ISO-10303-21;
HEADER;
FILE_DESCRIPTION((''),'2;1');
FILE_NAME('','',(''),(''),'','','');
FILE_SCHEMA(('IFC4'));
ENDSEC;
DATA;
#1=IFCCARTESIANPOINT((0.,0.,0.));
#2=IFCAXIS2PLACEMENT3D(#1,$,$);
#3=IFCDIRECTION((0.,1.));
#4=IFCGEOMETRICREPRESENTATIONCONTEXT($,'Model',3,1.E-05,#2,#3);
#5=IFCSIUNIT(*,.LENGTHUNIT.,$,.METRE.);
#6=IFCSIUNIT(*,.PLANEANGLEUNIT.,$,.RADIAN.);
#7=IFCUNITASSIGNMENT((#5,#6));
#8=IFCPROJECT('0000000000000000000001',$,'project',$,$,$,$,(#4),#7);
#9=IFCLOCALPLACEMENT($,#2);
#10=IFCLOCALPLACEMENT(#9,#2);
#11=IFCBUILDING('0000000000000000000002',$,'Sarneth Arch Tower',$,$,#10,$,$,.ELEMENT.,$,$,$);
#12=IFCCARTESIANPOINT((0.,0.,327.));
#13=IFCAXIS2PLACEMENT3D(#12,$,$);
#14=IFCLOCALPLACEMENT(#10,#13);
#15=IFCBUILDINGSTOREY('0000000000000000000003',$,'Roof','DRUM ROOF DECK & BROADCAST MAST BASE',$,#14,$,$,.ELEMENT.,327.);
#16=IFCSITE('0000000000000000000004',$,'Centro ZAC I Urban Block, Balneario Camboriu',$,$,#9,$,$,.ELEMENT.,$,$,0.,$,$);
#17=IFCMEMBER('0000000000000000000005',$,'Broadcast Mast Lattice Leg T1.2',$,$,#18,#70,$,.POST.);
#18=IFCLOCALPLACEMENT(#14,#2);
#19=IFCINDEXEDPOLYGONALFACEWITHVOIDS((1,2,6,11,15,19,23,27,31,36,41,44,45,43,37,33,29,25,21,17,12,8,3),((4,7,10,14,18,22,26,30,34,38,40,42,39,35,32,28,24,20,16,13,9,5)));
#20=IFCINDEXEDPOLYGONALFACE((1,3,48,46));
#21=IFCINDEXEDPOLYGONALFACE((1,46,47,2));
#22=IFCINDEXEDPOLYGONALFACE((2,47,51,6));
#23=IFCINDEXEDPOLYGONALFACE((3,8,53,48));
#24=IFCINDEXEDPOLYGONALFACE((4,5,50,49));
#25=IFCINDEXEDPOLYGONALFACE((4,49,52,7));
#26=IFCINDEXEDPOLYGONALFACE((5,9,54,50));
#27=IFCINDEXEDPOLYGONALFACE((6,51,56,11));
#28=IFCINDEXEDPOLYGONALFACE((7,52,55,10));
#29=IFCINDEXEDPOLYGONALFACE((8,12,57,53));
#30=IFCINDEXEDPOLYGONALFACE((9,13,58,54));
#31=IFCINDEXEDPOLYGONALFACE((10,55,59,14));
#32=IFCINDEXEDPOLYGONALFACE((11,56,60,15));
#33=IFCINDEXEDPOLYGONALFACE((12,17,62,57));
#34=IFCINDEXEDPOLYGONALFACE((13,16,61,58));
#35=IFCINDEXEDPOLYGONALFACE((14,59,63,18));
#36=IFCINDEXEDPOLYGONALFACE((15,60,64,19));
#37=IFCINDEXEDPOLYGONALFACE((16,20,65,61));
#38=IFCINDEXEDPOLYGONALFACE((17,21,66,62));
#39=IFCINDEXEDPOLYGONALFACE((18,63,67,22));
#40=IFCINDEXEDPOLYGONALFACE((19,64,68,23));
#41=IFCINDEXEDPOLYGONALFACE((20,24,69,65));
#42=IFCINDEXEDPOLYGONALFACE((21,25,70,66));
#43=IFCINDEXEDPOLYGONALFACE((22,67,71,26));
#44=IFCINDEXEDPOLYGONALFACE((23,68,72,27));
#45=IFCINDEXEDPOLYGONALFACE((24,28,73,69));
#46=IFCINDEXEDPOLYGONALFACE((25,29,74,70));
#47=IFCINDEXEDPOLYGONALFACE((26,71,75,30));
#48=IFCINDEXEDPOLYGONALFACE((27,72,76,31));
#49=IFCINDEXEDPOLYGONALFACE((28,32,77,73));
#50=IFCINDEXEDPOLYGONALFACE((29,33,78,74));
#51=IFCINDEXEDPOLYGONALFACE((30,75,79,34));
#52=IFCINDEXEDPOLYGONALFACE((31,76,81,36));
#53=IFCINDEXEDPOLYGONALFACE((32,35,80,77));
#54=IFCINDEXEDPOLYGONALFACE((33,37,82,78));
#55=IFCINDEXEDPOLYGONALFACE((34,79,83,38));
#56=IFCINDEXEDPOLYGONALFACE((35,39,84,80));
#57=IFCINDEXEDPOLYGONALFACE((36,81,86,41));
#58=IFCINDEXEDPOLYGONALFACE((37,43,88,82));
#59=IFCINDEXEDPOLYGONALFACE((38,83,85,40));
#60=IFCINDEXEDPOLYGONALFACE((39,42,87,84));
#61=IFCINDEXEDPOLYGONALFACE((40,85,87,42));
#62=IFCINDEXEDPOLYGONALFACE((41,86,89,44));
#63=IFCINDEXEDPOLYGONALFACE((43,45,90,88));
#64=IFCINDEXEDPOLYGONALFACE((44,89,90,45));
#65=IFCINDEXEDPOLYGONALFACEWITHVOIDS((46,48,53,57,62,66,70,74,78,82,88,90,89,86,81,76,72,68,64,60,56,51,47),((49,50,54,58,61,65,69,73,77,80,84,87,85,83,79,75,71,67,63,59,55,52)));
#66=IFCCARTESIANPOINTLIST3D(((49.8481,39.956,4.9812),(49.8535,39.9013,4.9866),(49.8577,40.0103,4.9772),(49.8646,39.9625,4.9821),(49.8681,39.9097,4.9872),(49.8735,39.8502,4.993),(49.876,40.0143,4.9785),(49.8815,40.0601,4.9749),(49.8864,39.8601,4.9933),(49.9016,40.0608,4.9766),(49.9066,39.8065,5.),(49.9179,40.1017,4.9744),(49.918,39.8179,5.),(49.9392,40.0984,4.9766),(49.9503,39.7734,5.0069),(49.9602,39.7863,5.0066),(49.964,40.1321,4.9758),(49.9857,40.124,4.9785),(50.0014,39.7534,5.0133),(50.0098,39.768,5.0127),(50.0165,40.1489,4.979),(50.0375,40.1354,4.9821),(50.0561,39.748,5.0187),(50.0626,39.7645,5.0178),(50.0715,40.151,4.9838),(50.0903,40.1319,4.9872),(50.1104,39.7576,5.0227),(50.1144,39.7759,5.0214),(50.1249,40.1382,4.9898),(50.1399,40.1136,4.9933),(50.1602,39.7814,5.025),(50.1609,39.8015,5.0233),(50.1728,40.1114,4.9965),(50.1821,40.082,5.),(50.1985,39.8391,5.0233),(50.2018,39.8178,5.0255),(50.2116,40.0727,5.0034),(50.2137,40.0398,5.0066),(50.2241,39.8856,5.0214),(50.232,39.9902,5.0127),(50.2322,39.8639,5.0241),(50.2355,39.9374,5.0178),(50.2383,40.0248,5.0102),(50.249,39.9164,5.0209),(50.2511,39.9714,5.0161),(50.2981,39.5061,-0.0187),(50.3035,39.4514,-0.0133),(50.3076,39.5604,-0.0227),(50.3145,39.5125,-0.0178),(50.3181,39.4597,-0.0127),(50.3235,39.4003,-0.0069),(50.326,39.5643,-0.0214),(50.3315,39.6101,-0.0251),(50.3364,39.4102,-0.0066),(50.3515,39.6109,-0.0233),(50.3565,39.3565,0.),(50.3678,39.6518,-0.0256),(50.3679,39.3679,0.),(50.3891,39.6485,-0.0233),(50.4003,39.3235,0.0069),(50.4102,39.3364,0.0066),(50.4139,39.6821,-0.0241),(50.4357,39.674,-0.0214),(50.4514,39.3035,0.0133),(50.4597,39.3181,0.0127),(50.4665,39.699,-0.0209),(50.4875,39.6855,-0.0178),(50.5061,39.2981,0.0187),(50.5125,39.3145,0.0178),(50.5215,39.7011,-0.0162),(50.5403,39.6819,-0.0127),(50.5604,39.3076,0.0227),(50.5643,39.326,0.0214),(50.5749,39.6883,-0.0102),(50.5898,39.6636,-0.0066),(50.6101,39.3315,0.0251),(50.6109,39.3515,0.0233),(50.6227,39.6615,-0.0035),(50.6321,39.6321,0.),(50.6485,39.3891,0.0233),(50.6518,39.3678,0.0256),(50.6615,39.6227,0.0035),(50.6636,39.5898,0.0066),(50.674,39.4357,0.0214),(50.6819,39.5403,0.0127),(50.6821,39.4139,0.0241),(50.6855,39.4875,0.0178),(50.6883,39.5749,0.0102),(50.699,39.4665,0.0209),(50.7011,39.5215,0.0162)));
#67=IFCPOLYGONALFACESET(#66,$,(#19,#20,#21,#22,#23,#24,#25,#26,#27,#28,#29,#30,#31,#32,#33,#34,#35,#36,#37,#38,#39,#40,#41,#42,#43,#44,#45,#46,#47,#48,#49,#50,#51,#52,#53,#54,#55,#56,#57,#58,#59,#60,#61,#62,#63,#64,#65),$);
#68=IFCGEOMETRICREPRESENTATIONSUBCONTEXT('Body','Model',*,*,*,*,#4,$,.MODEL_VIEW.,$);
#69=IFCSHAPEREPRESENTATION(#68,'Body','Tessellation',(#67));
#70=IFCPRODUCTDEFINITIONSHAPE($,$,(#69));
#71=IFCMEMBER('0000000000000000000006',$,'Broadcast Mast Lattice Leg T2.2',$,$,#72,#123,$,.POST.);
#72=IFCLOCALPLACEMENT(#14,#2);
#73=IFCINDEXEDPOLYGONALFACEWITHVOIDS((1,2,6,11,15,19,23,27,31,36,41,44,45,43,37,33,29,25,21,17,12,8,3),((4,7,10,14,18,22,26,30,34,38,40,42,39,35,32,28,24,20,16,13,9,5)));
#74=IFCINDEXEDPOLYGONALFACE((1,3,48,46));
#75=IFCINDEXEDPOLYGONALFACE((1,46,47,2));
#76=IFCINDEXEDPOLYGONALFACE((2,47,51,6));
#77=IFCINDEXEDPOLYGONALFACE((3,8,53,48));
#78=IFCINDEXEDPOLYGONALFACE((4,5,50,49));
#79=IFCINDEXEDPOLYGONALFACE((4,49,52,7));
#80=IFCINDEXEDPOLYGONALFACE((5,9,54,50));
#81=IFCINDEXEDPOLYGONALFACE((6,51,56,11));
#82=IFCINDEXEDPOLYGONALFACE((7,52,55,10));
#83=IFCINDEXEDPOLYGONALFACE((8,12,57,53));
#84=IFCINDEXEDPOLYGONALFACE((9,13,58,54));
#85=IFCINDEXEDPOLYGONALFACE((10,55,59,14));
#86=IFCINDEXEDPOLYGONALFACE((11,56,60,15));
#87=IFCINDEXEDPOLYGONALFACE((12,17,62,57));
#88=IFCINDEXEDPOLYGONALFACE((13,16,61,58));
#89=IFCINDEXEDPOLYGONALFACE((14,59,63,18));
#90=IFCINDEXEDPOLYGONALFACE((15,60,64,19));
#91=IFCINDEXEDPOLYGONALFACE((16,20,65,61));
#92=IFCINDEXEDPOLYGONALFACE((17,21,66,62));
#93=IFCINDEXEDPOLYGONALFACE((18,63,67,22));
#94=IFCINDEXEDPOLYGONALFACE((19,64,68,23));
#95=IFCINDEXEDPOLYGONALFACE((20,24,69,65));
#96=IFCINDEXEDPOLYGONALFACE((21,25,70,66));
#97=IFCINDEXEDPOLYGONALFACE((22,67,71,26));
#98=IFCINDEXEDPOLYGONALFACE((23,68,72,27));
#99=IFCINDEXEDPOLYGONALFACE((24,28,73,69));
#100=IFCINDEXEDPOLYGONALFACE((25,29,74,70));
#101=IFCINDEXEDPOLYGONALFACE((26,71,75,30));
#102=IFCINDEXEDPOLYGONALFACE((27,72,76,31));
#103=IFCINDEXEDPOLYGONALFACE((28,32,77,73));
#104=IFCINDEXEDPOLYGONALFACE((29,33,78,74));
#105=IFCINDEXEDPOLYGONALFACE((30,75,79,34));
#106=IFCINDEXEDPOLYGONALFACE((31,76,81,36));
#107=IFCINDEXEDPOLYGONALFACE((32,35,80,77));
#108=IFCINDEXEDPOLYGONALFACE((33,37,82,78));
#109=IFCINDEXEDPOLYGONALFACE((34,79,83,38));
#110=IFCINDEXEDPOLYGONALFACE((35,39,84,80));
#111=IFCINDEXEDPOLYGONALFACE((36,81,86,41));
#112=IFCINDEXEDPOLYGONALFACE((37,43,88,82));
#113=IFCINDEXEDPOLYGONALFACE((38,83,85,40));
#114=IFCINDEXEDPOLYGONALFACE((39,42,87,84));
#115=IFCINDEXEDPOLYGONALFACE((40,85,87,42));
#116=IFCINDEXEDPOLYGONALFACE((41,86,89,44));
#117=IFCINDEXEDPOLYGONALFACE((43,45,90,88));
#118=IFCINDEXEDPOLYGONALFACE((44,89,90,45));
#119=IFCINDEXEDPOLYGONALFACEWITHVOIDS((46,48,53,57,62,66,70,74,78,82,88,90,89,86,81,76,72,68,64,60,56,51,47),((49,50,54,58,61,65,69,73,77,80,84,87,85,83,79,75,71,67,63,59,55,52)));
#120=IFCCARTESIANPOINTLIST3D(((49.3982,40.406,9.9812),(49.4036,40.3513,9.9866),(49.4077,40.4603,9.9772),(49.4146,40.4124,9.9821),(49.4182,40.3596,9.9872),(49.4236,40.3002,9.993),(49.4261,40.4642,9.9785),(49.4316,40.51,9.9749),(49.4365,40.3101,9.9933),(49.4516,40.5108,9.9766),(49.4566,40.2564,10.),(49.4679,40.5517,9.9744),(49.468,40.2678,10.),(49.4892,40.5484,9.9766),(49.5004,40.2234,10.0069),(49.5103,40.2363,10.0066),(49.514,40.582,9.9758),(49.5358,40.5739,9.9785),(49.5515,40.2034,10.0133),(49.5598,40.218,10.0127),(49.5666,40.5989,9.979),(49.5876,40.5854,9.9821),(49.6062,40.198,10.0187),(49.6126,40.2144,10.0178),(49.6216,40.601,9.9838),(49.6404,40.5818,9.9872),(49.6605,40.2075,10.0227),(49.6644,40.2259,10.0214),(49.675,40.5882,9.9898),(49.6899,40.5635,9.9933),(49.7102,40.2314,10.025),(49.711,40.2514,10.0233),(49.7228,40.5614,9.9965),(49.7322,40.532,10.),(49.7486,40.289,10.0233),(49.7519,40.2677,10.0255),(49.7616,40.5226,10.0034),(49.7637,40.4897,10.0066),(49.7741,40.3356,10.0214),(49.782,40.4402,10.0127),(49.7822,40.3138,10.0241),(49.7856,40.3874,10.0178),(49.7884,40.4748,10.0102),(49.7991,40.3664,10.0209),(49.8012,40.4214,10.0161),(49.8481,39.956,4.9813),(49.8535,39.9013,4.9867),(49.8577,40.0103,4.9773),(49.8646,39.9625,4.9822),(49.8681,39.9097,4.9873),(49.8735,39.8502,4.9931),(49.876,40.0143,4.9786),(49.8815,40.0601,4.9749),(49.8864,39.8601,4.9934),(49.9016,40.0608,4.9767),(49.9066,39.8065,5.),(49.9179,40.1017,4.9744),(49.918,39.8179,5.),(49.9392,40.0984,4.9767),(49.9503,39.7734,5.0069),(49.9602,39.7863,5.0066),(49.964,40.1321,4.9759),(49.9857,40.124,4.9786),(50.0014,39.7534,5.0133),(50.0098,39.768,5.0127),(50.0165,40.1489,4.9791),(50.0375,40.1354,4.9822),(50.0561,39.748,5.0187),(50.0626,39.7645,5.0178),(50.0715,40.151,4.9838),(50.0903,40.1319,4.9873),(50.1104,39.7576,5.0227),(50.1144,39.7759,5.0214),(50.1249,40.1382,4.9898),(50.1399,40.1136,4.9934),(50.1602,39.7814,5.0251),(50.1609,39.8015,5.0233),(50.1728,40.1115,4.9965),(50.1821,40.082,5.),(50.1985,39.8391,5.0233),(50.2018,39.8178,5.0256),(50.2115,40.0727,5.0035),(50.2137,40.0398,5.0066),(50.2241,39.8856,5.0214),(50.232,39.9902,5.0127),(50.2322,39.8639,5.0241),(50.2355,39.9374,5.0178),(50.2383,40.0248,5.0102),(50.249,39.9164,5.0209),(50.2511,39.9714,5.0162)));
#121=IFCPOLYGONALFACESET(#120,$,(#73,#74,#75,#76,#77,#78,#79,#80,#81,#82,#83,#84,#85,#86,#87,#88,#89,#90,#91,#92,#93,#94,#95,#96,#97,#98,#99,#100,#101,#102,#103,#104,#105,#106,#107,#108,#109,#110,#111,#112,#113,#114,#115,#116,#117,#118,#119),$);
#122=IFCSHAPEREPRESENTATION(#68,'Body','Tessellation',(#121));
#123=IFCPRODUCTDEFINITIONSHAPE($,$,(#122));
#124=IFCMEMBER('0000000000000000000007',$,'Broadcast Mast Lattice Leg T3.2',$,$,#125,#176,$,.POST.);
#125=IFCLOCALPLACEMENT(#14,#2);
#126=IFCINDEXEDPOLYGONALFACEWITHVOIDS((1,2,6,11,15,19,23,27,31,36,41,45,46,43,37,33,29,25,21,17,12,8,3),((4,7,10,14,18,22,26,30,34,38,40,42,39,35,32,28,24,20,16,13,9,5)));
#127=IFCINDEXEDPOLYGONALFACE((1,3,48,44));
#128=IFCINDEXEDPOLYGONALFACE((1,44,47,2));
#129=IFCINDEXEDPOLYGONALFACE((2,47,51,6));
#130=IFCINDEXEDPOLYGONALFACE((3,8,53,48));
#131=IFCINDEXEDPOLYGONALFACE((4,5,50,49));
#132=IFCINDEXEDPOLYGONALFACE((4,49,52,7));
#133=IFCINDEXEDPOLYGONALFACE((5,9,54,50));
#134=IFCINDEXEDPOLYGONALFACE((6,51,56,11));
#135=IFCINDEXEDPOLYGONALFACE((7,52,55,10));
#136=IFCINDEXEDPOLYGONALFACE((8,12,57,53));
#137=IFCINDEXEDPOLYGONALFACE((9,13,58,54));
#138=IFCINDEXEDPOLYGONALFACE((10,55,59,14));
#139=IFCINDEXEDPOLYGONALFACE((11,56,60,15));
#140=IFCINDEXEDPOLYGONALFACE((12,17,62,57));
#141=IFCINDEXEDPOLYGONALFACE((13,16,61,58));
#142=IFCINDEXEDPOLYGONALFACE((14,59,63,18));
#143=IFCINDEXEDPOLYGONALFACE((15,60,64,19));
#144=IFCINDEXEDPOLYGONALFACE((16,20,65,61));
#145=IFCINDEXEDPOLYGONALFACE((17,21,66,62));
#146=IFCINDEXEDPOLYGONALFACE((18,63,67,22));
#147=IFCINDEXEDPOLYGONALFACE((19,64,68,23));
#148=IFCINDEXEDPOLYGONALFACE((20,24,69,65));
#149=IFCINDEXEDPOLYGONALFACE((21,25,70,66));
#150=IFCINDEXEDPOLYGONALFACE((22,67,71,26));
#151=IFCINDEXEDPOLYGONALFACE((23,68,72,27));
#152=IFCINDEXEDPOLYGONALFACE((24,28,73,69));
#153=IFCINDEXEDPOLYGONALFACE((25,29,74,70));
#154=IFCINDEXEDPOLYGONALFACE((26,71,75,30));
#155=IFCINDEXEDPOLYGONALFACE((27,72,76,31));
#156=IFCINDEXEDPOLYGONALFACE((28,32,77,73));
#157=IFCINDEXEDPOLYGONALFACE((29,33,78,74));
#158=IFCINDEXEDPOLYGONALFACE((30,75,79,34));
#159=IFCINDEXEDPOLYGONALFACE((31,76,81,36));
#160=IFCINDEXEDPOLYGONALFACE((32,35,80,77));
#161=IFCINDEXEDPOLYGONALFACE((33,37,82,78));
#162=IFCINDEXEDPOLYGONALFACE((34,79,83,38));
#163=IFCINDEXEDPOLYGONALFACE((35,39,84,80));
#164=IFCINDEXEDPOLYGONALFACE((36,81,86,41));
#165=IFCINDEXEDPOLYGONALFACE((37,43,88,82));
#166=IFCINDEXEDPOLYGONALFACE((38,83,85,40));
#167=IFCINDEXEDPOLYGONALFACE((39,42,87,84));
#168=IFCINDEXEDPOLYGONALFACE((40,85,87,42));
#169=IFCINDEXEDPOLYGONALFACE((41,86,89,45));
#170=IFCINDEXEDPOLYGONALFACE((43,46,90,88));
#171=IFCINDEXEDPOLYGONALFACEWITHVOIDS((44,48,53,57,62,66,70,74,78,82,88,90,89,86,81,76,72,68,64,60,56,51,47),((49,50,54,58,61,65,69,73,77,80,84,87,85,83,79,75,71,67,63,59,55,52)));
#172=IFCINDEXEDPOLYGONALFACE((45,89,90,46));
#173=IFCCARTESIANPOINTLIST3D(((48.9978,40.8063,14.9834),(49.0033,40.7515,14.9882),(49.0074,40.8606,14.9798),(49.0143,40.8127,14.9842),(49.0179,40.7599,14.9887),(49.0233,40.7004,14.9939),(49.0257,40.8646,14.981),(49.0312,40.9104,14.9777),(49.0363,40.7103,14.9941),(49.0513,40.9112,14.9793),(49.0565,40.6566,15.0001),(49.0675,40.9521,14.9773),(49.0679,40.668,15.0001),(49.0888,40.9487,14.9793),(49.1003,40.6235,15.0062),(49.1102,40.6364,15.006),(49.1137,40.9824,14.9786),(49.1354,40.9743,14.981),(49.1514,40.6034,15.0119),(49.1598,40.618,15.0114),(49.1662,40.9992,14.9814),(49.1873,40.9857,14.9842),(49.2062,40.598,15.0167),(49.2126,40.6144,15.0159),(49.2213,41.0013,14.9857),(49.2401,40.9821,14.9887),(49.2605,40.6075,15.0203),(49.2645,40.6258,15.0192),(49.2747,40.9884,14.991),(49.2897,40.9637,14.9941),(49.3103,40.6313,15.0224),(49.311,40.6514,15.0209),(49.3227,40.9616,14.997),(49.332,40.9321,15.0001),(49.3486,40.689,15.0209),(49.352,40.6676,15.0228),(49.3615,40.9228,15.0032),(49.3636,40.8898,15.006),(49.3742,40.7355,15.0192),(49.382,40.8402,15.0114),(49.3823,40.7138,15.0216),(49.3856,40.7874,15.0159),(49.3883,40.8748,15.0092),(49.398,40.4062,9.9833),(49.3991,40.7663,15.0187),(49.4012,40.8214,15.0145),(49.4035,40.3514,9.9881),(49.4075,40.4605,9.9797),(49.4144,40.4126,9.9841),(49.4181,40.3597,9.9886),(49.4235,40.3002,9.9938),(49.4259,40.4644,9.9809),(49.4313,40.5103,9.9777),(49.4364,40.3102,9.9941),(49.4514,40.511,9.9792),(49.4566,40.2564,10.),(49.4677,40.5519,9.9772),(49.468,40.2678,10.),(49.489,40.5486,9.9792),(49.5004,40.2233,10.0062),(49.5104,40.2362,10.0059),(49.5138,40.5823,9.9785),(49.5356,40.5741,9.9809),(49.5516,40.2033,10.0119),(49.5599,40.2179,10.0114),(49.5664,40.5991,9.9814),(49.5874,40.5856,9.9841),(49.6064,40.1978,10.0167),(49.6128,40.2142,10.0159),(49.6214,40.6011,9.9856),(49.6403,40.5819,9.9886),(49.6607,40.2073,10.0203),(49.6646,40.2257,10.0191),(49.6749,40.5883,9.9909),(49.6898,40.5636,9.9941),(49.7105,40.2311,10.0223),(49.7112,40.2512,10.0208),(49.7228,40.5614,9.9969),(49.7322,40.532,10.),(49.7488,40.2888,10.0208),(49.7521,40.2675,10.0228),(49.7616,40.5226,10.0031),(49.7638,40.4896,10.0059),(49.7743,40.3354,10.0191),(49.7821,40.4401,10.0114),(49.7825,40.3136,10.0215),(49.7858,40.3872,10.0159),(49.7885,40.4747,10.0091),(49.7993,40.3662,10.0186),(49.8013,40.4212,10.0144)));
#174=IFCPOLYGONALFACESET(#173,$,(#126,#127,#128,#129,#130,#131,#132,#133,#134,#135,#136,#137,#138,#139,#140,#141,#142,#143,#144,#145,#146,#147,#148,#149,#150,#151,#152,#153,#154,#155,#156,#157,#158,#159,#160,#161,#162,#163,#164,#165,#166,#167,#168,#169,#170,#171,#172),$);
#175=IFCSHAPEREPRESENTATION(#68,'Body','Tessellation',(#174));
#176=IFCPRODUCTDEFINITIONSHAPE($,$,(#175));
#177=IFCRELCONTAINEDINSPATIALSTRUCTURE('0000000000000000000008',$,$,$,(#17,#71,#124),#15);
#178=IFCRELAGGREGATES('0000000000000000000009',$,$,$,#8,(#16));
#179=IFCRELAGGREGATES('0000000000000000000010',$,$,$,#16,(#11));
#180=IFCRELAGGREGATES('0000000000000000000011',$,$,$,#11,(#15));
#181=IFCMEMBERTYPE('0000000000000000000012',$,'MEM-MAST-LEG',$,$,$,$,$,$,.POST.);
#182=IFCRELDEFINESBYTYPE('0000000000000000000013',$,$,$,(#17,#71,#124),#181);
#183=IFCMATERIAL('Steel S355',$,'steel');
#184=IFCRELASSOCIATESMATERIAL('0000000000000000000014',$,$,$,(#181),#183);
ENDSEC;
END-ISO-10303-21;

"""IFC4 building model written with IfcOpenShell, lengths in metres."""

from ifc_helpers import new_model, si_unit, direction, frame, origin, origin_2d, place, context, subcontext, project, spatial, hollow_circle, extrude, material, material_profile, profile_set, type_object, element, save


model = new_model("IFC4")

# Units and contexts
model_context = context("Model", 3, precision=1e-05, world=origin(), true_north=direction((0.0, 1.0)))
body_context = subcontext(model_context, "Body", "Model", "MODEL_VIEW")
ifc_project = project(units=[si_unit("LENGTHUNIT", "METRE"), si_unit("PLANEANGLEUNIT", "RADIAN")], contexts=[model_context])

# Site, building, storey
site_placement = place(None, origin())
site = spatial("IfcSite", under=ifc_project, at=site_placement, Name="Centro ZAC I Urban Block, Balneario Camboriu", CompositionType="ELEMENT", RefElevation=0.0)
building_placement = place(site_placement, origin())
building = spatial("IfcBuilding", under=site, at=building_placement, Name="Sarneth Arch Tower", CompositionType="ELEMENT")
storey_placement = place(building_placement, frame((0.0, 0.0, 327.0)))
storey = spatial("IfcBuildingStorey", under=building, at=storey_placement, Name="Roof", Description="DRUM ROOF DECK & BROADCAST MAST BASE", CompositionType="ELEMENT", Elevation=327.0)

# Members
ifc_material_1 = material(Name="Steel S355", Category="steel")
ifc_material_profile_1 = material_profile(ifc_material_1, hollow_circle(Radius=0.2029, WallThickness=0.0161, at=origin_2d()), Name="CHS406x16")
ifc_profile_set_1 = profile_set([ifc_material_profile_1], Name="Steel S355")
member_type_1 = type_object("IfcMemberType", Name="MEM-MAST-LEG", PredefinedType="POST", material=ifc_profile_set_1)
for number, where, z_axis, x_axis, name in (
    (1, (50.5, 39.5, 0.0), (-0.08927, 0.08927, 0.991999), (-0.707107, -0.707107, 0.0), "Broadcast Mast Lattice Leg T1.2"),
    (2, (50.05, 39.95, 5.0), (-0.08927, 0.08927, 0.991999), (-0.707107, -0.707107, 0.0), "Broadcast Mast Lattice Leg T2.2"),
):
    element("IfcMember", number, at=place(storey_placement, frame(where, z_axis=z_axis, x_axis=x_axis)), inside=storey, type_object=member_type_1, Name=name, PredefinedType="POST", context=body_context, shape_type="SweptSolid", body=[
        extrude(hollow_circle(Radius=0.2029, WallThickness=0.0161, at=origin_2d()), origin(), (0.0, 0.0, 1.0), 5.0403),
    ])
member_1_placement = place(storey_placement, frame((49.6001, 40.3999, 10.0), z_axis=(-0.079522, 0.079522, 0.993656), x_axis=(-0.707107, -0.707107, 0.0)))
element("IfcMember", 3, at=member_1_placement, inside=storey, type_object=member_type_1, Name="Broadcast Mast Lattice Leg T3.2", PredefinedType="POST", context=body_context, shape_type="SweptSolid", body=[
    extrude(hollow_circle(Radius=0.2029, WallThickness=0.0161, at=origin_2d()), origin(), (0.0, 0.0, 1.0), 5.032),
])

save(model, "model.ifc")
